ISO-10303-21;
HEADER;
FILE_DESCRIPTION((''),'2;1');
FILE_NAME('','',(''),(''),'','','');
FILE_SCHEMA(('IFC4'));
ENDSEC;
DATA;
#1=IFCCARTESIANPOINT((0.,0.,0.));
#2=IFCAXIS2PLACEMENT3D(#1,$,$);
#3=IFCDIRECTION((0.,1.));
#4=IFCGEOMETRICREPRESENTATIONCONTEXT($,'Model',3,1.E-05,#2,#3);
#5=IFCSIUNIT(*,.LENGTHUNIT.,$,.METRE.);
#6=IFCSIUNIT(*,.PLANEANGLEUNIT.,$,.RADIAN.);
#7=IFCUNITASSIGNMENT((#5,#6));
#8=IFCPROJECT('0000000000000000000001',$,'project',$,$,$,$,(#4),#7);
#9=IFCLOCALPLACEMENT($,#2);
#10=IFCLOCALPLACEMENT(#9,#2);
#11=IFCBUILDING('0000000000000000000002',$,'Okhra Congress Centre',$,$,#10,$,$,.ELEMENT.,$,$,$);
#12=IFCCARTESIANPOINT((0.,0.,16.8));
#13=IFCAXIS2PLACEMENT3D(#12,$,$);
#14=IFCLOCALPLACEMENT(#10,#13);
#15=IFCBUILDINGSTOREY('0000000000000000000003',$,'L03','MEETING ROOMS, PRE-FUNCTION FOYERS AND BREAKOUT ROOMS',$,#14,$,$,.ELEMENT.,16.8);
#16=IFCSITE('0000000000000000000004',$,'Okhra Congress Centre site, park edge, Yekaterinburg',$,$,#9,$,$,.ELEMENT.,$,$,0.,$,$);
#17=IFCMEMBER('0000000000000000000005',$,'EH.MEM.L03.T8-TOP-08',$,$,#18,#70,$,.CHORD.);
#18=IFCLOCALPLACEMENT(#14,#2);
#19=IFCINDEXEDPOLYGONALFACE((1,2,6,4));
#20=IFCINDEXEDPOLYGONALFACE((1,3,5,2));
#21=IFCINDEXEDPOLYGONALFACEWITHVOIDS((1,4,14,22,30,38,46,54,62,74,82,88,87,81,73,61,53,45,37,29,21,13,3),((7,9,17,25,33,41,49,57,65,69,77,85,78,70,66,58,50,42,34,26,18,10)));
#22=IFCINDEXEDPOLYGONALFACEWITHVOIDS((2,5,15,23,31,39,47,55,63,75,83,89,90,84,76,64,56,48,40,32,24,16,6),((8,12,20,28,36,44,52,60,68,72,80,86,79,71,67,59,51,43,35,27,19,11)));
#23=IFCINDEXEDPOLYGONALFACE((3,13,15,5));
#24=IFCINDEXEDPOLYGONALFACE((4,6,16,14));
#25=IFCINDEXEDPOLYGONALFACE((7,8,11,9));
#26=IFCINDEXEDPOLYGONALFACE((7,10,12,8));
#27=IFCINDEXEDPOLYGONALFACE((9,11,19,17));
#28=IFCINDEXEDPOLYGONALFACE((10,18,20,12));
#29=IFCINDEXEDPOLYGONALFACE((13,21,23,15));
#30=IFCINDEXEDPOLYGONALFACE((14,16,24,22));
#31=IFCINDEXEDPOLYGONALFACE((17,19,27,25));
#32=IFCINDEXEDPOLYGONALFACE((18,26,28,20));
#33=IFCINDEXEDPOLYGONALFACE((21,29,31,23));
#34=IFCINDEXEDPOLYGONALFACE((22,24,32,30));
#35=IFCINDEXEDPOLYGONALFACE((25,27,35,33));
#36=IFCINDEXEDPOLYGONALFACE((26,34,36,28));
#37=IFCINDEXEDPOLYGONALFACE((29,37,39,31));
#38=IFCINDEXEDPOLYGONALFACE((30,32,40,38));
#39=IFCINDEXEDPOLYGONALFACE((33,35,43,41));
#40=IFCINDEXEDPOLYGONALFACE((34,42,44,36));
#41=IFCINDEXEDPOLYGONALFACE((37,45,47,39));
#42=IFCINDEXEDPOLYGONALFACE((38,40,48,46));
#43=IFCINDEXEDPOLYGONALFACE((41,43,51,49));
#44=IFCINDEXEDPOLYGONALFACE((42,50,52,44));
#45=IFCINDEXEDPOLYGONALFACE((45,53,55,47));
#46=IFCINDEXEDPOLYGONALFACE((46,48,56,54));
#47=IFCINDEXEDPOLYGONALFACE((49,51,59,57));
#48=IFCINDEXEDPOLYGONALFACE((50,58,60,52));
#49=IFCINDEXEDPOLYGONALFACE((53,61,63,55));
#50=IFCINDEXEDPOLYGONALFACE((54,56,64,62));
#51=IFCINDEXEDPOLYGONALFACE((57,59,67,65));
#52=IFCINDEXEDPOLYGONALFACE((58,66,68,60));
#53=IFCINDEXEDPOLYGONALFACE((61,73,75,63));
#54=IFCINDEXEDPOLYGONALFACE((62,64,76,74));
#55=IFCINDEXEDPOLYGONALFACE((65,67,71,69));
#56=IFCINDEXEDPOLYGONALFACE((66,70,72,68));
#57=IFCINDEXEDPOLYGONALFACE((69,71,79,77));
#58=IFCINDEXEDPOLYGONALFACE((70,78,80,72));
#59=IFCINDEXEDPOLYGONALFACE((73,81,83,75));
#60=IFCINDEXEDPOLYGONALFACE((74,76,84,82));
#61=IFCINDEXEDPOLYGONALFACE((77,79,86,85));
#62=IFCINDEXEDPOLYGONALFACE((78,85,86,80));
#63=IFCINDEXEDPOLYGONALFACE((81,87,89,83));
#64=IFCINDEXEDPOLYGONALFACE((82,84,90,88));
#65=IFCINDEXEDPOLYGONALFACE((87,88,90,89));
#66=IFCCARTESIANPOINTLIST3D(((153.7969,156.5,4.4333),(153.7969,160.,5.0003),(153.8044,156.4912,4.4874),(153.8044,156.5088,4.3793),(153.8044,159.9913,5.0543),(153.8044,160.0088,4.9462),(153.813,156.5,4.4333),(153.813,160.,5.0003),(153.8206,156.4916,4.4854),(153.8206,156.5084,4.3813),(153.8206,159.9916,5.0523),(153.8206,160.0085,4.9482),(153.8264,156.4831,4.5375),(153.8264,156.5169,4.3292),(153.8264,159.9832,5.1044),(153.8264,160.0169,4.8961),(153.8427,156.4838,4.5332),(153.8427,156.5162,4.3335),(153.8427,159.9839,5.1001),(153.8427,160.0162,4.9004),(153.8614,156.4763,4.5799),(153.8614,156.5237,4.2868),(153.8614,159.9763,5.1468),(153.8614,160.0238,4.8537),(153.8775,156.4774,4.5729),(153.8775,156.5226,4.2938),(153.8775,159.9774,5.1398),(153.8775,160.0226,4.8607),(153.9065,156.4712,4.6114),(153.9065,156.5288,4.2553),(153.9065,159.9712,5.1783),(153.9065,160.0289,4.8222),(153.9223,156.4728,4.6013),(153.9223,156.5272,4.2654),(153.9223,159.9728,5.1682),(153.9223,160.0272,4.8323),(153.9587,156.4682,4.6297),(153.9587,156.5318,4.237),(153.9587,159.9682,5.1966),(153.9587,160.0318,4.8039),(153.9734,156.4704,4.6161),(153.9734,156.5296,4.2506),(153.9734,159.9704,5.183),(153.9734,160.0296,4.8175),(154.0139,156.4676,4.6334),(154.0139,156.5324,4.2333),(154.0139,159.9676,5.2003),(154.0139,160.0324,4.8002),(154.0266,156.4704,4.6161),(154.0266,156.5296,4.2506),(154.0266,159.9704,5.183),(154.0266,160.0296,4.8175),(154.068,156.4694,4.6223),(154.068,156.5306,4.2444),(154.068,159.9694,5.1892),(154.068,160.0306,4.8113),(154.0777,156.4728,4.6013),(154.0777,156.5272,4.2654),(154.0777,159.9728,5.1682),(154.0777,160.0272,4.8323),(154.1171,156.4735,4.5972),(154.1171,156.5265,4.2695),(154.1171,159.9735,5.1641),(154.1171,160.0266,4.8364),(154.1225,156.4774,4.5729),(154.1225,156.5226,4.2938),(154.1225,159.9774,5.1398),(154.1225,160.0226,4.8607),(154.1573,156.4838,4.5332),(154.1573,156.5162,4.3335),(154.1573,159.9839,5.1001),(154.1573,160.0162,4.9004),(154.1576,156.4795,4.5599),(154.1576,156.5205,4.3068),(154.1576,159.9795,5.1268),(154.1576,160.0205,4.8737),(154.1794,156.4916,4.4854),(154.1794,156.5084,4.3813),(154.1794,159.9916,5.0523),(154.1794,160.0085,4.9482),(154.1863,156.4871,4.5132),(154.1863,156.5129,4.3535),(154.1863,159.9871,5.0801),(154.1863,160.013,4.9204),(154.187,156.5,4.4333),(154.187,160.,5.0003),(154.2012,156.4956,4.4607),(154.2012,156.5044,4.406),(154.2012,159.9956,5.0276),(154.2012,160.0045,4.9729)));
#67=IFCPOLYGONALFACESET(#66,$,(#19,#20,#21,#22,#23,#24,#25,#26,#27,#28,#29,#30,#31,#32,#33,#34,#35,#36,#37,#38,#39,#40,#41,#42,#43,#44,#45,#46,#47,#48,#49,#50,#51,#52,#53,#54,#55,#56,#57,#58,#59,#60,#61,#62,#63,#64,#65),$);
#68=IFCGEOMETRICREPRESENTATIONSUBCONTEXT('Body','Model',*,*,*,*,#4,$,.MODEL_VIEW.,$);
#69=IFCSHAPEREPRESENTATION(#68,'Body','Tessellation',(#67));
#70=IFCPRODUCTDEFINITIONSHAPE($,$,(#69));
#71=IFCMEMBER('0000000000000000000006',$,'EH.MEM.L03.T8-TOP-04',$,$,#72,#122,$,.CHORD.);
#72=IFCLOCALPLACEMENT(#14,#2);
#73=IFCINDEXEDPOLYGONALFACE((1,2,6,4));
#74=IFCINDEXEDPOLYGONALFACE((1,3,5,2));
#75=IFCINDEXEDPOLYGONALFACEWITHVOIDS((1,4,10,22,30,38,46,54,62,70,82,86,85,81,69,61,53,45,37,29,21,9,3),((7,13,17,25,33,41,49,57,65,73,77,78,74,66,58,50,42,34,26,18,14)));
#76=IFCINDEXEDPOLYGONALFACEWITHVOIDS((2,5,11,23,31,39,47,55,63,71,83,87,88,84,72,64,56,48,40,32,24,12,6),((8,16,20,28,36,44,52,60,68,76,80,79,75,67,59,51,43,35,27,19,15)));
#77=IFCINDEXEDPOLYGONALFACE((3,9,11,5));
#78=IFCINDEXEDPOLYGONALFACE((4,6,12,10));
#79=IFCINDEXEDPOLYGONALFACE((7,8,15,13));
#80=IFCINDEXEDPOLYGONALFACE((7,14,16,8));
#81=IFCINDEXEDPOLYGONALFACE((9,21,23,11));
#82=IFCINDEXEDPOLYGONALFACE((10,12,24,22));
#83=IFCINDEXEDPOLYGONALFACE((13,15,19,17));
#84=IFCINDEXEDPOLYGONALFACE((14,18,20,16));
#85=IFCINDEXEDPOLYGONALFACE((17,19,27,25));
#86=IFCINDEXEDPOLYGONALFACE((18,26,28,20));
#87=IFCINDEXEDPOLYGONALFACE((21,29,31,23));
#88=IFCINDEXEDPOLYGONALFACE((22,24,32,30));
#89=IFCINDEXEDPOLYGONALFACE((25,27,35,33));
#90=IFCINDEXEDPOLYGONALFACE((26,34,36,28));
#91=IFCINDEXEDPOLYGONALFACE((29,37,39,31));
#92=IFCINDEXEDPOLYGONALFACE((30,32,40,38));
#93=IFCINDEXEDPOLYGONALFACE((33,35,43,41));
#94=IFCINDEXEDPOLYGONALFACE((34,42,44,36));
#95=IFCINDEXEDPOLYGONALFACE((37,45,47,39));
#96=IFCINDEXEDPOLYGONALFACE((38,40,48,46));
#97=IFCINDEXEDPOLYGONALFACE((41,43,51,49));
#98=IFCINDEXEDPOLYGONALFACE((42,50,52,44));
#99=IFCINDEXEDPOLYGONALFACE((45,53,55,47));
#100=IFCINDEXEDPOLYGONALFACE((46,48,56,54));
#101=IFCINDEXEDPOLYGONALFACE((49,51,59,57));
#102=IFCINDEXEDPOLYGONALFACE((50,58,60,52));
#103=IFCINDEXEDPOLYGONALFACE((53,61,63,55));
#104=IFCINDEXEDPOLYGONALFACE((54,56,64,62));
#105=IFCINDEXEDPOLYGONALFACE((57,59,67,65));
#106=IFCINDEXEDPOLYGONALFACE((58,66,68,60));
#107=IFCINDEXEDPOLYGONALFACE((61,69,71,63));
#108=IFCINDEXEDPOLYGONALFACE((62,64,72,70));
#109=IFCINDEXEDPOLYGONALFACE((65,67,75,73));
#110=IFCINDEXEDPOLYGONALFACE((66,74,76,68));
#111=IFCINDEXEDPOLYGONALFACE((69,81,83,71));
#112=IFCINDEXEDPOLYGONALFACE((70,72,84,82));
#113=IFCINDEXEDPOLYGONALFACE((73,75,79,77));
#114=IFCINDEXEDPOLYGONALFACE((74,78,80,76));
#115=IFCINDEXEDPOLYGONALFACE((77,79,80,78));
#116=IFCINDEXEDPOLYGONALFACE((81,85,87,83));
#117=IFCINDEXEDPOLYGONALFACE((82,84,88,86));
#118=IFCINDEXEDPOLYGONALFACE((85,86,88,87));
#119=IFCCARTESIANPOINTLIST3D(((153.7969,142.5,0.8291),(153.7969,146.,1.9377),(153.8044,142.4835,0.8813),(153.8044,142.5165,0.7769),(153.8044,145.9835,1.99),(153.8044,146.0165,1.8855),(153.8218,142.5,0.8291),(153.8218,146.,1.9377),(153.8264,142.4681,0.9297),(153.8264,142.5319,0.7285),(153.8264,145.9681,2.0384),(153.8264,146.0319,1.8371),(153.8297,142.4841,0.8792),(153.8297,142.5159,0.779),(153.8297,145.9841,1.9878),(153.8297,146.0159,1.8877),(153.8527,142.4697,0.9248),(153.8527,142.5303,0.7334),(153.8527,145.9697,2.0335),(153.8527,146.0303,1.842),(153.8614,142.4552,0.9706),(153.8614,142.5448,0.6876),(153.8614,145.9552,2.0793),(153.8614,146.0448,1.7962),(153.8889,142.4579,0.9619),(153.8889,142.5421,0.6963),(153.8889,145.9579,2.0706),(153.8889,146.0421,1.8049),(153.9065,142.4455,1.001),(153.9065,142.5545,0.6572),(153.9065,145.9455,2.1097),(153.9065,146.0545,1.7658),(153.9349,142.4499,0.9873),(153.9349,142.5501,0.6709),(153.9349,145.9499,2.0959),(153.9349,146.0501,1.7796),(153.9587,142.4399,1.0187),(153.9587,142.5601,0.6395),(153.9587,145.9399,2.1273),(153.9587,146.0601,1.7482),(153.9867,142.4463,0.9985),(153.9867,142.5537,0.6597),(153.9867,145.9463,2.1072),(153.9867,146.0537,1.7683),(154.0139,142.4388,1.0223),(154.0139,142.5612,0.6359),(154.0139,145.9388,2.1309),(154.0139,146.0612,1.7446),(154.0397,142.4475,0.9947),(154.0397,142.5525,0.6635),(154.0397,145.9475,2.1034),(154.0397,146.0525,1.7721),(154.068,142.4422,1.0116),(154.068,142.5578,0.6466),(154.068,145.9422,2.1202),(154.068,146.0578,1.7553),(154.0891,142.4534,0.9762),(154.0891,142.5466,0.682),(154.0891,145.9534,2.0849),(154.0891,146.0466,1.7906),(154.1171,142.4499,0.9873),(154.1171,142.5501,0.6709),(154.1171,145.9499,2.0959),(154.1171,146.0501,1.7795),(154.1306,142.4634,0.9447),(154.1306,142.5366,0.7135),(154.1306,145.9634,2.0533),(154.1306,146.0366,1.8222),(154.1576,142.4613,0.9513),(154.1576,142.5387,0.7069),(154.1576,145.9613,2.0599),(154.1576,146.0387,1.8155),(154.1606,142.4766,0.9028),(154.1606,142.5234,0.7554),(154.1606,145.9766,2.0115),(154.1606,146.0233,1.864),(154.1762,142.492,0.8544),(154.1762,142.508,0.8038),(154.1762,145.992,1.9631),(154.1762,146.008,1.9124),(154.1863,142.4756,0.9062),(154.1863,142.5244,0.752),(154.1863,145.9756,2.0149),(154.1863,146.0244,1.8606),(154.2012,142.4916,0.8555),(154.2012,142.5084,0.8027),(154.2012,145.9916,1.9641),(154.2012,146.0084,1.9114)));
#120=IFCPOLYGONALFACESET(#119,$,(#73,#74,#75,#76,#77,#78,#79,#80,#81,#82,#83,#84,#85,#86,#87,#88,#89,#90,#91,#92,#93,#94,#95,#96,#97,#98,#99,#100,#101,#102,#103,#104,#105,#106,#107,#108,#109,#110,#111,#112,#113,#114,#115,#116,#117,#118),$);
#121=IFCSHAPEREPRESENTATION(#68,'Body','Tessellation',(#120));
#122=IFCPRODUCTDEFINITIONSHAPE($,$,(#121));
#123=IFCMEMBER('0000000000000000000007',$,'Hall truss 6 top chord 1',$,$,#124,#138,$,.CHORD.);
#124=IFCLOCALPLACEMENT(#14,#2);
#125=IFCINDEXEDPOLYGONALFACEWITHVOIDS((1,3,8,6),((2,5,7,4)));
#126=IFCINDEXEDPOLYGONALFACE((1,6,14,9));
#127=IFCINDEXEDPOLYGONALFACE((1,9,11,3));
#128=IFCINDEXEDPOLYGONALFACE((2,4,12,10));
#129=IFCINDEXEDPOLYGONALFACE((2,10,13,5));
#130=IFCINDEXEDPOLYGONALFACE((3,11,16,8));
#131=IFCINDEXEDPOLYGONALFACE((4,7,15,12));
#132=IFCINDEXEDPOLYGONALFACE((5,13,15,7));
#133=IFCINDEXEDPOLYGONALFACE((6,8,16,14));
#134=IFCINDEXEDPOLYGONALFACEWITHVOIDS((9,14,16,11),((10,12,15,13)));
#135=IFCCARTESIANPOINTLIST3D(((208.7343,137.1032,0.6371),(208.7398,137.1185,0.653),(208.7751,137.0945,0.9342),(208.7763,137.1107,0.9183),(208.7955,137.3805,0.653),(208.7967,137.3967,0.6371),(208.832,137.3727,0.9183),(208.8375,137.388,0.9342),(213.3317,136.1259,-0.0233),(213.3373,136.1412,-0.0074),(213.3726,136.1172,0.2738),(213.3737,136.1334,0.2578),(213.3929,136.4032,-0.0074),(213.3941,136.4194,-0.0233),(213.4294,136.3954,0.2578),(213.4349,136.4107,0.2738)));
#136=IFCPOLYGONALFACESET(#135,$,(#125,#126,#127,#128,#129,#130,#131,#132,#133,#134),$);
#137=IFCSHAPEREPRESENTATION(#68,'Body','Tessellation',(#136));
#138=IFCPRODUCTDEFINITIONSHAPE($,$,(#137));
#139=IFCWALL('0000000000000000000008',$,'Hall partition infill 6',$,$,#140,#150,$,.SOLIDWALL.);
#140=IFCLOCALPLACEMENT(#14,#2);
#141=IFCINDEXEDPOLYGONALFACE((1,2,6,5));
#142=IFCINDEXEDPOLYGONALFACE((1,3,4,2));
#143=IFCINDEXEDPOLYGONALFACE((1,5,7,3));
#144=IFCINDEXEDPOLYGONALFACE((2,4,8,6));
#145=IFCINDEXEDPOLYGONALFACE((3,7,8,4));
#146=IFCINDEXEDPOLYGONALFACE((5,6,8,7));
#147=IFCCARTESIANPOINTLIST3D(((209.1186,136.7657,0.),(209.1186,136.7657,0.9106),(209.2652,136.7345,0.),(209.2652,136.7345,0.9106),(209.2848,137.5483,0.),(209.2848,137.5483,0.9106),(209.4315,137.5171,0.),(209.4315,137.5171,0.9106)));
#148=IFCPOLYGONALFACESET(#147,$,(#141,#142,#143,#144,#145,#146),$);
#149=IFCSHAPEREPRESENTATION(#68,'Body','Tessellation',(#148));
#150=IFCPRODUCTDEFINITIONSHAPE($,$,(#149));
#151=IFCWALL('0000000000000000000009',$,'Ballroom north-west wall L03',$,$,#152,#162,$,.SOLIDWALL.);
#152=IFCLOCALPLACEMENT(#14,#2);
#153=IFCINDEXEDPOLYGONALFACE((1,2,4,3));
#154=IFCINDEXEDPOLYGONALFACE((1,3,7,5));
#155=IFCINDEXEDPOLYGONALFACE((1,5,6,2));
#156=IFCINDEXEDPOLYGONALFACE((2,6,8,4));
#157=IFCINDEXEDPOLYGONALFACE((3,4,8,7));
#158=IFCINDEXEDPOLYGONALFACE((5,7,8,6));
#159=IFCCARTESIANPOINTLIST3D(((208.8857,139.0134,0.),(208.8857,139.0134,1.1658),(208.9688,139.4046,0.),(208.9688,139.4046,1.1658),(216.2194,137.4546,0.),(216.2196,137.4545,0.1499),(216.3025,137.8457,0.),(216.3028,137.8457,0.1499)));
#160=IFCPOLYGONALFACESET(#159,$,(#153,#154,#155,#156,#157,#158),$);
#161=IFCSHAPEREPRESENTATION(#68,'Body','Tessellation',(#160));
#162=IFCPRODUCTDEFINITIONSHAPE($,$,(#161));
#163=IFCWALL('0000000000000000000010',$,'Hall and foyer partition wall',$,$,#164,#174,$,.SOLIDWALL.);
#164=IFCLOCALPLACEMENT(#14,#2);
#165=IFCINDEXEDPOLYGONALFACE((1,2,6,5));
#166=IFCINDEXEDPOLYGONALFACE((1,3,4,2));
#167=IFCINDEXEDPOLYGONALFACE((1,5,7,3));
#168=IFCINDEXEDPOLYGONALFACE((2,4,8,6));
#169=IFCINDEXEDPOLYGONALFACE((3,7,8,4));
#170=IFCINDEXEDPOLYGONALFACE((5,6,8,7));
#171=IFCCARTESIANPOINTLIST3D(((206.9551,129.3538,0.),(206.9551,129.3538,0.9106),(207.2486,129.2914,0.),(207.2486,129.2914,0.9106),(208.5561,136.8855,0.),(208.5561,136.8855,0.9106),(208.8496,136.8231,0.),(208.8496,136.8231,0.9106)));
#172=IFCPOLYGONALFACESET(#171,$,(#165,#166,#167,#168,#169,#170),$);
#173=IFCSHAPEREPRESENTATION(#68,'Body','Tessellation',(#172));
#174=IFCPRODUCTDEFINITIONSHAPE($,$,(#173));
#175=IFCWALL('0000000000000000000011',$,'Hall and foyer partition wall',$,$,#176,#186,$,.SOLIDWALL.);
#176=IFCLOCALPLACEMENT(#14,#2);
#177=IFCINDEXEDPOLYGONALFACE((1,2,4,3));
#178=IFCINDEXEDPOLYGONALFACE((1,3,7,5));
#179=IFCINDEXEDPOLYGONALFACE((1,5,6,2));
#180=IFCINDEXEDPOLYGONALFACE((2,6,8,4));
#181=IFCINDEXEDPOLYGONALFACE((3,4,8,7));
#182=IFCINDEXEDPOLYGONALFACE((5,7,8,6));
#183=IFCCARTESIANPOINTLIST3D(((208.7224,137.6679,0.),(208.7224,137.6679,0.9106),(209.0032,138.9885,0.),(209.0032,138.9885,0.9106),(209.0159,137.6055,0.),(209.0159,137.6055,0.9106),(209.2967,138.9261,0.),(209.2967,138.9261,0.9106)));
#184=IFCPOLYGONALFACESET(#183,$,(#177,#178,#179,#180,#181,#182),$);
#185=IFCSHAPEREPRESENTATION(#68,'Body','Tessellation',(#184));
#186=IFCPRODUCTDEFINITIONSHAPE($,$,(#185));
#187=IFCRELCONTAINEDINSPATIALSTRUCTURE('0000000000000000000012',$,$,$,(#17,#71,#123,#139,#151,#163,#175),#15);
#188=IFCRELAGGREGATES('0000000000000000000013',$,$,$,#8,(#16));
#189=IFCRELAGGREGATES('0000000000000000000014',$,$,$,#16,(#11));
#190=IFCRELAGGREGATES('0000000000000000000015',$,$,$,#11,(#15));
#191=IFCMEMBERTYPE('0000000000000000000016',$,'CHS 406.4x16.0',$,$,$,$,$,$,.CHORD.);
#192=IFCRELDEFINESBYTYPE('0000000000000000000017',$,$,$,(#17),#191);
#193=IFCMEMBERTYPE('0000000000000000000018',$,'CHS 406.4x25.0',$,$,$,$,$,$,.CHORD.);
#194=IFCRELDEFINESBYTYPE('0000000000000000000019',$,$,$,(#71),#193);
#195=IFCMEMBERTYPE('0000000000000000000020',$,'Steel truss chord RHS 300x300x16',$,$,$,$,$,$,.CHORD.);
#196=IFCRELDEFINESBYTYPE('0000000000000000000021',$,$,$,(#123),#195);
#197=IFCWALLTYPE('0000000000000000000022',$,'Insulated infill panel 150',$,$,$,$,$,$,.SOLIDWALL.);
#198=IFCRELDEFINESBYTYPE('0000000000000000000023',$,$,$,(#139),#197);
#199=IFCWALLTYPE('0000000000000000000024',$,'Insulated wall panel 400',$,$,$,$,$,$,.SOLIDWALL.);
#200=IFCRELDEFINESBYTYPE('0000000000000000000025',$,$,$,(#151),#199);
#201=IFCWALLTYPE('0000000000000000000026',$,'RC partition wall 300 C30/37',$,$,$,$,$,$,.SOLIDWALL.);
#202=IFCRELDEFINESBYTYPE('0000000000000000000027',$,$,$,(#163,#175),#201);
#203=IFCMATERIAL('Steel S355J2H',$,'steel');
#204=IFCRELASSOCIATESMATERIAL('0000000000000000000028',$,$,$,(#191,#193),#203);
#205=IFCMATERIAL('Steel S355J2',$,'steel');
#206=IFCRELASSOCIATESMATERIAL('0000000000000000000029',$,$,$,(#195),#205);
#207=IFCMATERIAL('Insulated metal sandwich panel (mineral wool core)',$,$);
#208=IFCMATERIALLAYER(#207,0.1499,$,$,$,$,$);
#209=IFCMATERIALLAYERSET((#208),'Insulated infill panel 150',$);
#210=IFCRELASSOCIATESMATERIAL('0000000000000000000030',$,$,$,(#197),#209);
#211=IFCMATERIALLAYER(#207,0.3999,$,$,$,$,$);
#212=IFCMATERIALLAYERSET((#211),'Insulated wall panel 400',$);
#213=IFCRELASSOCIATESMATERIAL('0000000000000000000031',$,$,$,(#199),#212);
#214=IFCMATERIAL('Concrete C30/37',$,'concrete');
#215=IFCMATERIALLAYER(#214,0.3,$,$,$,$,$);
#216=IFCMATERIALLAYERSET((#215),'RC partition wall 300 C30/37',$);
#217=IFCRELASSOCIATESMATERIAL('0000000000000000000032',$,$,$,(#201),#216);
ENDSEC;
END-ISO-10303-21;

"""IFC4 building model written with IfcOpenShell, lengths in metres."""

from ifc_helpers import new_model, si_unit, direction, frame, frame_2d, origin, origin_2d, place, context, subcontext, project, spatial, polyline, rectangle, hollow_rectangle, hollow_circle, outline, extrude, material, layer, layer_set, material_profile, profile_set, type_object, element, save


model = new_model("IFC4")

# Units and contexts
model_context = context("Model", 3, precision=1e-05, world=origin(), true_north=direction((0.0, 1.0)))
body_context = subcontext(model_context, "Body", "Model", "MODEL_VIEW")
ifc_project = project(units=[si_unit("LENGTHUNIT", "METRE"), si_unit("PLANEANGLEUNIT", "RADIAN")], contexts=[model_context])

# Site, building, storey
site_placement = place(None, origin())
site = spatial("IfcSite", under=ifc_project, at=site_placement, Name="Okhra Congress Centre site, park edge, Yekaterinburg", CompositionType="ELEMENT", RefElevation=0.0)
building_placement = place(site_placement, origin())
building = spatial("IfcBuilding", under=site, at=building_placement, Name="Okhra Congress Centre", CompositionType="ELEMENT")
storey_placement = place(building_placement, frame((0.0, 0.0, 16.8)))
storey = spatial("IfcBuildingStorey", under=building, at=storey_placement, Name="L03", Description="MEETING ROOMS, PRE-FUNCTION FOYERS AND BREAKOUT ROOMS", CompositionType="ELEMENT", Elevation=16.8)

# Members
ifc_material_1 = material(Name="Steel S355J2H", Category="steel")
ifc_material_profile_1 = material_profile(ifc_material_1, hollow_circle(Radius=0.2031, WallThickness=0.0161, at=origin_2d()), Name="CHS 406.4x16.0")
ifc_profile_set_1 = profile_set([ifc_material_profile_1], Name="Steel S355J2H")
member_type_1 = type_object("IfcMemberType", Name="CHS 406.4x16.0", PredefinedType="CHORD", material=ifc_profile_set_1)
member_1_placement = place(storey_placement, frame((154.0, 156.5, 4.4333), z_axis=(0.0, 0.987135, 0.159886), x_axis=(-1.0, 0.0, 0.0)))
element("IfcMember", 1, at=member_1_placement, inside=storey, type_object=member_type_1, Name="EH.MEM.L03.T8-TOP-08", PredefinedType="CHORD", context=body_context, shape_type="SweptSolid", body=[
    extrude(hollow_circle(Radius=0.2031, WallThickness=0.0161, at=origin_2d()), origin(), (0.0, 0.0, 1.0), 3.5457),
])
ifc_material_profile_2 = material_profile(ifc_material_1, hollow_circle(Radius=0.2031, WallThickness=0.0249, at=origin_2d()), Name="CHS 406.4x25.0")
ifc_profile_set_2 = profile_set([ifc_material_profile_2], Name="Steel S355J2H")
member_type_2 = type_object("IfcMemberType", Name="CHS 406.4x25.0", PredefinedType="CHORD", material=ifc_profile_set_2)
member_2_placement = place(storey_placement, frame((154.0, 142.5, 0.8291), z_axis=(0.0, 0.953318, 0.301968), x_axis=(-1.0, 0.0, 0.0)))
element("IfcMember", 2, at=member_2_placement, inside=storey, type_object=member_type_2, Name="EH.MEM.L03.T8-TOP-04", PredefinedType="CHORD", context=body_context, shape_type="SweptSolid", body=[
    extrude(hollow_circle(Radius=0.2031, WallThickness=0.0249, at=origin_2d()), origin(), (0.0, 0.0, 1.0), 3.6714),
])
ifc_material_2 = material(Name="Steel S355J2", Category="steel")
ifc_material_profile_3 = material_profile(ifc_material_2, hollow_rectangle(XDim=0.3, YDim=0.3, WallThickness=0.0161, at=origin_2d()), Name="RHS 300x300x16")
ifc_profile_set_3 = profile_set([ifc_material_profile_3], Name="Steel S355J2")
member_type_3 = type_object("IfcMemberType", Name="Steel truss chord RHS 300x300x16", PredefinedType="CHORD", material=ifc_profile_set_3)
member_3_placement = place(storey_placement, frame((208.7859, 137.2456, 0.7856), z_axis=(0.968629, -0.205906, -0.13914), x_axis=(0.207929, 0.978144, 0.0)))
element("IfcMember", 3, at=member_3_placement, inside=storey, type_object=member_type_3, Name="Hall truss 6 top chord 1", PredefinedType="CHORD", context=body_context, shape_type="SweptSolid", body=[
    extrude(hollow_rectangle(XDim=0.3, YDim=0.3, WallThickness=0.0161, at=origin_2d()), origin(), (0.0, 0.0, 1.0), 4.7463),
])

# Walls
ifc_material_3 = material(Name="Insulated metal sandwich panel (mineral wool core)")
ifc_layer_1 = layer(ifc_material_3, 0.1499)
ifc_layer_set_1 = layer_set([ifc_layer_1], Name="Insulated infill panel 150")
wall_type_1 = type_object("IfcWallType", Name="Insulated infill panel 150", PredefinedType="SOLIDWALL", material=ifc_layer_set_1)
wall_1_placement = place(storey_placement, frame((209.1919, 136.7502, 0.0), z_axis=(0.0, 0.0, 1.0), x_axis=(0.207841, 0.978163, 0.0)))
element("IfcWall", 4, at=wall_1_placement, inside=storey, type_object=wall_type_1, Name="Hall partition infill 6", PredefinedType="SOLIDWALL", context=body_context, shape_type="SweptSolid", body=[
    extrude(rectangle(XDim=0.8, YDim=0.1499, at=frame_2d((0.3999, 0.0))), origin(), (0.0, 0.0, 1.0), 0.9106),
])
ifc_layer_2 = layer(ifc_material_3, 0.3999)
ifc_layer_set_2 = layer_set([ifc_layer_2], Name="Insulated wall panel 400")
wall_type_2 = type_object("IfcWallType", Name="Insulated wall panel 400", PredefinedType="SOLIDWALL", material=ifc_layer_set_2)
wall_2_placement = place(storey_placement, frame((208.9272, 139.209, 0.0), z_axis=(0.0, 0.0, 1.0), x_axis=(0.978148, -0.207912, 0.0)))
element("IfcWall", 5, at=wall_2_placement, inside=storey, type_object=wall_type_2, Name="Ballroom north-west wall L03", PredefinedType="SOLIDWALL", context=body_context, shape_type="SweptSolid", body=[
    extrude(outline(polyline([(0.0, 0.0), (7.4976, 0.0), (7.4978, 0.1499), (0.0, 1.1658), (0.0, 0.0)])), frame((0.0, 0.2, 0.0), z_axis=(0.0, -1.0, 0.0), x_axis=(1.0, 0.0, 0.0)), (0.0, 0.0, 1.0), 0.3999),
])
ifc_material_4 = material(Name="Concrete C30/37", Category="concrete")
ifc_layer_3 = layer(ifc_material_4, 0.3)
ifc_layer_set_3 = layer_set([ifc_layer_3], Name="RC partition wall 300 C30/37")
wall_type_3 = type_object("IfcWallType", Name="RC partition wall 300 C30/37", PredefinedType="SOLIDWALL", material=ifc_layer_set_3)
wall_3_placement = place(storey_placement, frame((207.1018, 129.3225, 0.0), z_axis=(0.0, 0.0, 1.0), x_axis=(0.207931, 0.978144, 0.0)))
element("IfcWall", 6, at=wall_3_placement, inside=storey, type_object=wall_type_3, Name="Hall and foyer partition wall", PredefinedType="SOLIDWALL", context=body_context, shape_type="SweptSolid", body=[
    extrude(rectangle(XDim=7.7, YDim=0.3, at=frame_2d((3.8501, 0.0))), origin(), (0.0, 0.0, 1.0), 0.9106),
])
wall_4_placement = place(storey_placement, frame((208.8691, 137.6367, 0.0), z_axis=(0.0, 0.0, 1.0), x_axis=(0.20796, 0.978137, 0.0)))
element("IfcWall", 7, at=wall_4_placement, inside=storey, type_object=wall_type_3, Name="Hall and foyer partition wall", PredefinedType="SOLIDWALL", context=body_context, shape_type="SweptSolid", body=[
    extrude(rectangle(XDim=1.3501, YDim=0.3, at=frame_2d((0.675, 0.0))), origin(), (0.0, 0.0, 1.0), 0.9106),
])

save(model, "model.ifc")
